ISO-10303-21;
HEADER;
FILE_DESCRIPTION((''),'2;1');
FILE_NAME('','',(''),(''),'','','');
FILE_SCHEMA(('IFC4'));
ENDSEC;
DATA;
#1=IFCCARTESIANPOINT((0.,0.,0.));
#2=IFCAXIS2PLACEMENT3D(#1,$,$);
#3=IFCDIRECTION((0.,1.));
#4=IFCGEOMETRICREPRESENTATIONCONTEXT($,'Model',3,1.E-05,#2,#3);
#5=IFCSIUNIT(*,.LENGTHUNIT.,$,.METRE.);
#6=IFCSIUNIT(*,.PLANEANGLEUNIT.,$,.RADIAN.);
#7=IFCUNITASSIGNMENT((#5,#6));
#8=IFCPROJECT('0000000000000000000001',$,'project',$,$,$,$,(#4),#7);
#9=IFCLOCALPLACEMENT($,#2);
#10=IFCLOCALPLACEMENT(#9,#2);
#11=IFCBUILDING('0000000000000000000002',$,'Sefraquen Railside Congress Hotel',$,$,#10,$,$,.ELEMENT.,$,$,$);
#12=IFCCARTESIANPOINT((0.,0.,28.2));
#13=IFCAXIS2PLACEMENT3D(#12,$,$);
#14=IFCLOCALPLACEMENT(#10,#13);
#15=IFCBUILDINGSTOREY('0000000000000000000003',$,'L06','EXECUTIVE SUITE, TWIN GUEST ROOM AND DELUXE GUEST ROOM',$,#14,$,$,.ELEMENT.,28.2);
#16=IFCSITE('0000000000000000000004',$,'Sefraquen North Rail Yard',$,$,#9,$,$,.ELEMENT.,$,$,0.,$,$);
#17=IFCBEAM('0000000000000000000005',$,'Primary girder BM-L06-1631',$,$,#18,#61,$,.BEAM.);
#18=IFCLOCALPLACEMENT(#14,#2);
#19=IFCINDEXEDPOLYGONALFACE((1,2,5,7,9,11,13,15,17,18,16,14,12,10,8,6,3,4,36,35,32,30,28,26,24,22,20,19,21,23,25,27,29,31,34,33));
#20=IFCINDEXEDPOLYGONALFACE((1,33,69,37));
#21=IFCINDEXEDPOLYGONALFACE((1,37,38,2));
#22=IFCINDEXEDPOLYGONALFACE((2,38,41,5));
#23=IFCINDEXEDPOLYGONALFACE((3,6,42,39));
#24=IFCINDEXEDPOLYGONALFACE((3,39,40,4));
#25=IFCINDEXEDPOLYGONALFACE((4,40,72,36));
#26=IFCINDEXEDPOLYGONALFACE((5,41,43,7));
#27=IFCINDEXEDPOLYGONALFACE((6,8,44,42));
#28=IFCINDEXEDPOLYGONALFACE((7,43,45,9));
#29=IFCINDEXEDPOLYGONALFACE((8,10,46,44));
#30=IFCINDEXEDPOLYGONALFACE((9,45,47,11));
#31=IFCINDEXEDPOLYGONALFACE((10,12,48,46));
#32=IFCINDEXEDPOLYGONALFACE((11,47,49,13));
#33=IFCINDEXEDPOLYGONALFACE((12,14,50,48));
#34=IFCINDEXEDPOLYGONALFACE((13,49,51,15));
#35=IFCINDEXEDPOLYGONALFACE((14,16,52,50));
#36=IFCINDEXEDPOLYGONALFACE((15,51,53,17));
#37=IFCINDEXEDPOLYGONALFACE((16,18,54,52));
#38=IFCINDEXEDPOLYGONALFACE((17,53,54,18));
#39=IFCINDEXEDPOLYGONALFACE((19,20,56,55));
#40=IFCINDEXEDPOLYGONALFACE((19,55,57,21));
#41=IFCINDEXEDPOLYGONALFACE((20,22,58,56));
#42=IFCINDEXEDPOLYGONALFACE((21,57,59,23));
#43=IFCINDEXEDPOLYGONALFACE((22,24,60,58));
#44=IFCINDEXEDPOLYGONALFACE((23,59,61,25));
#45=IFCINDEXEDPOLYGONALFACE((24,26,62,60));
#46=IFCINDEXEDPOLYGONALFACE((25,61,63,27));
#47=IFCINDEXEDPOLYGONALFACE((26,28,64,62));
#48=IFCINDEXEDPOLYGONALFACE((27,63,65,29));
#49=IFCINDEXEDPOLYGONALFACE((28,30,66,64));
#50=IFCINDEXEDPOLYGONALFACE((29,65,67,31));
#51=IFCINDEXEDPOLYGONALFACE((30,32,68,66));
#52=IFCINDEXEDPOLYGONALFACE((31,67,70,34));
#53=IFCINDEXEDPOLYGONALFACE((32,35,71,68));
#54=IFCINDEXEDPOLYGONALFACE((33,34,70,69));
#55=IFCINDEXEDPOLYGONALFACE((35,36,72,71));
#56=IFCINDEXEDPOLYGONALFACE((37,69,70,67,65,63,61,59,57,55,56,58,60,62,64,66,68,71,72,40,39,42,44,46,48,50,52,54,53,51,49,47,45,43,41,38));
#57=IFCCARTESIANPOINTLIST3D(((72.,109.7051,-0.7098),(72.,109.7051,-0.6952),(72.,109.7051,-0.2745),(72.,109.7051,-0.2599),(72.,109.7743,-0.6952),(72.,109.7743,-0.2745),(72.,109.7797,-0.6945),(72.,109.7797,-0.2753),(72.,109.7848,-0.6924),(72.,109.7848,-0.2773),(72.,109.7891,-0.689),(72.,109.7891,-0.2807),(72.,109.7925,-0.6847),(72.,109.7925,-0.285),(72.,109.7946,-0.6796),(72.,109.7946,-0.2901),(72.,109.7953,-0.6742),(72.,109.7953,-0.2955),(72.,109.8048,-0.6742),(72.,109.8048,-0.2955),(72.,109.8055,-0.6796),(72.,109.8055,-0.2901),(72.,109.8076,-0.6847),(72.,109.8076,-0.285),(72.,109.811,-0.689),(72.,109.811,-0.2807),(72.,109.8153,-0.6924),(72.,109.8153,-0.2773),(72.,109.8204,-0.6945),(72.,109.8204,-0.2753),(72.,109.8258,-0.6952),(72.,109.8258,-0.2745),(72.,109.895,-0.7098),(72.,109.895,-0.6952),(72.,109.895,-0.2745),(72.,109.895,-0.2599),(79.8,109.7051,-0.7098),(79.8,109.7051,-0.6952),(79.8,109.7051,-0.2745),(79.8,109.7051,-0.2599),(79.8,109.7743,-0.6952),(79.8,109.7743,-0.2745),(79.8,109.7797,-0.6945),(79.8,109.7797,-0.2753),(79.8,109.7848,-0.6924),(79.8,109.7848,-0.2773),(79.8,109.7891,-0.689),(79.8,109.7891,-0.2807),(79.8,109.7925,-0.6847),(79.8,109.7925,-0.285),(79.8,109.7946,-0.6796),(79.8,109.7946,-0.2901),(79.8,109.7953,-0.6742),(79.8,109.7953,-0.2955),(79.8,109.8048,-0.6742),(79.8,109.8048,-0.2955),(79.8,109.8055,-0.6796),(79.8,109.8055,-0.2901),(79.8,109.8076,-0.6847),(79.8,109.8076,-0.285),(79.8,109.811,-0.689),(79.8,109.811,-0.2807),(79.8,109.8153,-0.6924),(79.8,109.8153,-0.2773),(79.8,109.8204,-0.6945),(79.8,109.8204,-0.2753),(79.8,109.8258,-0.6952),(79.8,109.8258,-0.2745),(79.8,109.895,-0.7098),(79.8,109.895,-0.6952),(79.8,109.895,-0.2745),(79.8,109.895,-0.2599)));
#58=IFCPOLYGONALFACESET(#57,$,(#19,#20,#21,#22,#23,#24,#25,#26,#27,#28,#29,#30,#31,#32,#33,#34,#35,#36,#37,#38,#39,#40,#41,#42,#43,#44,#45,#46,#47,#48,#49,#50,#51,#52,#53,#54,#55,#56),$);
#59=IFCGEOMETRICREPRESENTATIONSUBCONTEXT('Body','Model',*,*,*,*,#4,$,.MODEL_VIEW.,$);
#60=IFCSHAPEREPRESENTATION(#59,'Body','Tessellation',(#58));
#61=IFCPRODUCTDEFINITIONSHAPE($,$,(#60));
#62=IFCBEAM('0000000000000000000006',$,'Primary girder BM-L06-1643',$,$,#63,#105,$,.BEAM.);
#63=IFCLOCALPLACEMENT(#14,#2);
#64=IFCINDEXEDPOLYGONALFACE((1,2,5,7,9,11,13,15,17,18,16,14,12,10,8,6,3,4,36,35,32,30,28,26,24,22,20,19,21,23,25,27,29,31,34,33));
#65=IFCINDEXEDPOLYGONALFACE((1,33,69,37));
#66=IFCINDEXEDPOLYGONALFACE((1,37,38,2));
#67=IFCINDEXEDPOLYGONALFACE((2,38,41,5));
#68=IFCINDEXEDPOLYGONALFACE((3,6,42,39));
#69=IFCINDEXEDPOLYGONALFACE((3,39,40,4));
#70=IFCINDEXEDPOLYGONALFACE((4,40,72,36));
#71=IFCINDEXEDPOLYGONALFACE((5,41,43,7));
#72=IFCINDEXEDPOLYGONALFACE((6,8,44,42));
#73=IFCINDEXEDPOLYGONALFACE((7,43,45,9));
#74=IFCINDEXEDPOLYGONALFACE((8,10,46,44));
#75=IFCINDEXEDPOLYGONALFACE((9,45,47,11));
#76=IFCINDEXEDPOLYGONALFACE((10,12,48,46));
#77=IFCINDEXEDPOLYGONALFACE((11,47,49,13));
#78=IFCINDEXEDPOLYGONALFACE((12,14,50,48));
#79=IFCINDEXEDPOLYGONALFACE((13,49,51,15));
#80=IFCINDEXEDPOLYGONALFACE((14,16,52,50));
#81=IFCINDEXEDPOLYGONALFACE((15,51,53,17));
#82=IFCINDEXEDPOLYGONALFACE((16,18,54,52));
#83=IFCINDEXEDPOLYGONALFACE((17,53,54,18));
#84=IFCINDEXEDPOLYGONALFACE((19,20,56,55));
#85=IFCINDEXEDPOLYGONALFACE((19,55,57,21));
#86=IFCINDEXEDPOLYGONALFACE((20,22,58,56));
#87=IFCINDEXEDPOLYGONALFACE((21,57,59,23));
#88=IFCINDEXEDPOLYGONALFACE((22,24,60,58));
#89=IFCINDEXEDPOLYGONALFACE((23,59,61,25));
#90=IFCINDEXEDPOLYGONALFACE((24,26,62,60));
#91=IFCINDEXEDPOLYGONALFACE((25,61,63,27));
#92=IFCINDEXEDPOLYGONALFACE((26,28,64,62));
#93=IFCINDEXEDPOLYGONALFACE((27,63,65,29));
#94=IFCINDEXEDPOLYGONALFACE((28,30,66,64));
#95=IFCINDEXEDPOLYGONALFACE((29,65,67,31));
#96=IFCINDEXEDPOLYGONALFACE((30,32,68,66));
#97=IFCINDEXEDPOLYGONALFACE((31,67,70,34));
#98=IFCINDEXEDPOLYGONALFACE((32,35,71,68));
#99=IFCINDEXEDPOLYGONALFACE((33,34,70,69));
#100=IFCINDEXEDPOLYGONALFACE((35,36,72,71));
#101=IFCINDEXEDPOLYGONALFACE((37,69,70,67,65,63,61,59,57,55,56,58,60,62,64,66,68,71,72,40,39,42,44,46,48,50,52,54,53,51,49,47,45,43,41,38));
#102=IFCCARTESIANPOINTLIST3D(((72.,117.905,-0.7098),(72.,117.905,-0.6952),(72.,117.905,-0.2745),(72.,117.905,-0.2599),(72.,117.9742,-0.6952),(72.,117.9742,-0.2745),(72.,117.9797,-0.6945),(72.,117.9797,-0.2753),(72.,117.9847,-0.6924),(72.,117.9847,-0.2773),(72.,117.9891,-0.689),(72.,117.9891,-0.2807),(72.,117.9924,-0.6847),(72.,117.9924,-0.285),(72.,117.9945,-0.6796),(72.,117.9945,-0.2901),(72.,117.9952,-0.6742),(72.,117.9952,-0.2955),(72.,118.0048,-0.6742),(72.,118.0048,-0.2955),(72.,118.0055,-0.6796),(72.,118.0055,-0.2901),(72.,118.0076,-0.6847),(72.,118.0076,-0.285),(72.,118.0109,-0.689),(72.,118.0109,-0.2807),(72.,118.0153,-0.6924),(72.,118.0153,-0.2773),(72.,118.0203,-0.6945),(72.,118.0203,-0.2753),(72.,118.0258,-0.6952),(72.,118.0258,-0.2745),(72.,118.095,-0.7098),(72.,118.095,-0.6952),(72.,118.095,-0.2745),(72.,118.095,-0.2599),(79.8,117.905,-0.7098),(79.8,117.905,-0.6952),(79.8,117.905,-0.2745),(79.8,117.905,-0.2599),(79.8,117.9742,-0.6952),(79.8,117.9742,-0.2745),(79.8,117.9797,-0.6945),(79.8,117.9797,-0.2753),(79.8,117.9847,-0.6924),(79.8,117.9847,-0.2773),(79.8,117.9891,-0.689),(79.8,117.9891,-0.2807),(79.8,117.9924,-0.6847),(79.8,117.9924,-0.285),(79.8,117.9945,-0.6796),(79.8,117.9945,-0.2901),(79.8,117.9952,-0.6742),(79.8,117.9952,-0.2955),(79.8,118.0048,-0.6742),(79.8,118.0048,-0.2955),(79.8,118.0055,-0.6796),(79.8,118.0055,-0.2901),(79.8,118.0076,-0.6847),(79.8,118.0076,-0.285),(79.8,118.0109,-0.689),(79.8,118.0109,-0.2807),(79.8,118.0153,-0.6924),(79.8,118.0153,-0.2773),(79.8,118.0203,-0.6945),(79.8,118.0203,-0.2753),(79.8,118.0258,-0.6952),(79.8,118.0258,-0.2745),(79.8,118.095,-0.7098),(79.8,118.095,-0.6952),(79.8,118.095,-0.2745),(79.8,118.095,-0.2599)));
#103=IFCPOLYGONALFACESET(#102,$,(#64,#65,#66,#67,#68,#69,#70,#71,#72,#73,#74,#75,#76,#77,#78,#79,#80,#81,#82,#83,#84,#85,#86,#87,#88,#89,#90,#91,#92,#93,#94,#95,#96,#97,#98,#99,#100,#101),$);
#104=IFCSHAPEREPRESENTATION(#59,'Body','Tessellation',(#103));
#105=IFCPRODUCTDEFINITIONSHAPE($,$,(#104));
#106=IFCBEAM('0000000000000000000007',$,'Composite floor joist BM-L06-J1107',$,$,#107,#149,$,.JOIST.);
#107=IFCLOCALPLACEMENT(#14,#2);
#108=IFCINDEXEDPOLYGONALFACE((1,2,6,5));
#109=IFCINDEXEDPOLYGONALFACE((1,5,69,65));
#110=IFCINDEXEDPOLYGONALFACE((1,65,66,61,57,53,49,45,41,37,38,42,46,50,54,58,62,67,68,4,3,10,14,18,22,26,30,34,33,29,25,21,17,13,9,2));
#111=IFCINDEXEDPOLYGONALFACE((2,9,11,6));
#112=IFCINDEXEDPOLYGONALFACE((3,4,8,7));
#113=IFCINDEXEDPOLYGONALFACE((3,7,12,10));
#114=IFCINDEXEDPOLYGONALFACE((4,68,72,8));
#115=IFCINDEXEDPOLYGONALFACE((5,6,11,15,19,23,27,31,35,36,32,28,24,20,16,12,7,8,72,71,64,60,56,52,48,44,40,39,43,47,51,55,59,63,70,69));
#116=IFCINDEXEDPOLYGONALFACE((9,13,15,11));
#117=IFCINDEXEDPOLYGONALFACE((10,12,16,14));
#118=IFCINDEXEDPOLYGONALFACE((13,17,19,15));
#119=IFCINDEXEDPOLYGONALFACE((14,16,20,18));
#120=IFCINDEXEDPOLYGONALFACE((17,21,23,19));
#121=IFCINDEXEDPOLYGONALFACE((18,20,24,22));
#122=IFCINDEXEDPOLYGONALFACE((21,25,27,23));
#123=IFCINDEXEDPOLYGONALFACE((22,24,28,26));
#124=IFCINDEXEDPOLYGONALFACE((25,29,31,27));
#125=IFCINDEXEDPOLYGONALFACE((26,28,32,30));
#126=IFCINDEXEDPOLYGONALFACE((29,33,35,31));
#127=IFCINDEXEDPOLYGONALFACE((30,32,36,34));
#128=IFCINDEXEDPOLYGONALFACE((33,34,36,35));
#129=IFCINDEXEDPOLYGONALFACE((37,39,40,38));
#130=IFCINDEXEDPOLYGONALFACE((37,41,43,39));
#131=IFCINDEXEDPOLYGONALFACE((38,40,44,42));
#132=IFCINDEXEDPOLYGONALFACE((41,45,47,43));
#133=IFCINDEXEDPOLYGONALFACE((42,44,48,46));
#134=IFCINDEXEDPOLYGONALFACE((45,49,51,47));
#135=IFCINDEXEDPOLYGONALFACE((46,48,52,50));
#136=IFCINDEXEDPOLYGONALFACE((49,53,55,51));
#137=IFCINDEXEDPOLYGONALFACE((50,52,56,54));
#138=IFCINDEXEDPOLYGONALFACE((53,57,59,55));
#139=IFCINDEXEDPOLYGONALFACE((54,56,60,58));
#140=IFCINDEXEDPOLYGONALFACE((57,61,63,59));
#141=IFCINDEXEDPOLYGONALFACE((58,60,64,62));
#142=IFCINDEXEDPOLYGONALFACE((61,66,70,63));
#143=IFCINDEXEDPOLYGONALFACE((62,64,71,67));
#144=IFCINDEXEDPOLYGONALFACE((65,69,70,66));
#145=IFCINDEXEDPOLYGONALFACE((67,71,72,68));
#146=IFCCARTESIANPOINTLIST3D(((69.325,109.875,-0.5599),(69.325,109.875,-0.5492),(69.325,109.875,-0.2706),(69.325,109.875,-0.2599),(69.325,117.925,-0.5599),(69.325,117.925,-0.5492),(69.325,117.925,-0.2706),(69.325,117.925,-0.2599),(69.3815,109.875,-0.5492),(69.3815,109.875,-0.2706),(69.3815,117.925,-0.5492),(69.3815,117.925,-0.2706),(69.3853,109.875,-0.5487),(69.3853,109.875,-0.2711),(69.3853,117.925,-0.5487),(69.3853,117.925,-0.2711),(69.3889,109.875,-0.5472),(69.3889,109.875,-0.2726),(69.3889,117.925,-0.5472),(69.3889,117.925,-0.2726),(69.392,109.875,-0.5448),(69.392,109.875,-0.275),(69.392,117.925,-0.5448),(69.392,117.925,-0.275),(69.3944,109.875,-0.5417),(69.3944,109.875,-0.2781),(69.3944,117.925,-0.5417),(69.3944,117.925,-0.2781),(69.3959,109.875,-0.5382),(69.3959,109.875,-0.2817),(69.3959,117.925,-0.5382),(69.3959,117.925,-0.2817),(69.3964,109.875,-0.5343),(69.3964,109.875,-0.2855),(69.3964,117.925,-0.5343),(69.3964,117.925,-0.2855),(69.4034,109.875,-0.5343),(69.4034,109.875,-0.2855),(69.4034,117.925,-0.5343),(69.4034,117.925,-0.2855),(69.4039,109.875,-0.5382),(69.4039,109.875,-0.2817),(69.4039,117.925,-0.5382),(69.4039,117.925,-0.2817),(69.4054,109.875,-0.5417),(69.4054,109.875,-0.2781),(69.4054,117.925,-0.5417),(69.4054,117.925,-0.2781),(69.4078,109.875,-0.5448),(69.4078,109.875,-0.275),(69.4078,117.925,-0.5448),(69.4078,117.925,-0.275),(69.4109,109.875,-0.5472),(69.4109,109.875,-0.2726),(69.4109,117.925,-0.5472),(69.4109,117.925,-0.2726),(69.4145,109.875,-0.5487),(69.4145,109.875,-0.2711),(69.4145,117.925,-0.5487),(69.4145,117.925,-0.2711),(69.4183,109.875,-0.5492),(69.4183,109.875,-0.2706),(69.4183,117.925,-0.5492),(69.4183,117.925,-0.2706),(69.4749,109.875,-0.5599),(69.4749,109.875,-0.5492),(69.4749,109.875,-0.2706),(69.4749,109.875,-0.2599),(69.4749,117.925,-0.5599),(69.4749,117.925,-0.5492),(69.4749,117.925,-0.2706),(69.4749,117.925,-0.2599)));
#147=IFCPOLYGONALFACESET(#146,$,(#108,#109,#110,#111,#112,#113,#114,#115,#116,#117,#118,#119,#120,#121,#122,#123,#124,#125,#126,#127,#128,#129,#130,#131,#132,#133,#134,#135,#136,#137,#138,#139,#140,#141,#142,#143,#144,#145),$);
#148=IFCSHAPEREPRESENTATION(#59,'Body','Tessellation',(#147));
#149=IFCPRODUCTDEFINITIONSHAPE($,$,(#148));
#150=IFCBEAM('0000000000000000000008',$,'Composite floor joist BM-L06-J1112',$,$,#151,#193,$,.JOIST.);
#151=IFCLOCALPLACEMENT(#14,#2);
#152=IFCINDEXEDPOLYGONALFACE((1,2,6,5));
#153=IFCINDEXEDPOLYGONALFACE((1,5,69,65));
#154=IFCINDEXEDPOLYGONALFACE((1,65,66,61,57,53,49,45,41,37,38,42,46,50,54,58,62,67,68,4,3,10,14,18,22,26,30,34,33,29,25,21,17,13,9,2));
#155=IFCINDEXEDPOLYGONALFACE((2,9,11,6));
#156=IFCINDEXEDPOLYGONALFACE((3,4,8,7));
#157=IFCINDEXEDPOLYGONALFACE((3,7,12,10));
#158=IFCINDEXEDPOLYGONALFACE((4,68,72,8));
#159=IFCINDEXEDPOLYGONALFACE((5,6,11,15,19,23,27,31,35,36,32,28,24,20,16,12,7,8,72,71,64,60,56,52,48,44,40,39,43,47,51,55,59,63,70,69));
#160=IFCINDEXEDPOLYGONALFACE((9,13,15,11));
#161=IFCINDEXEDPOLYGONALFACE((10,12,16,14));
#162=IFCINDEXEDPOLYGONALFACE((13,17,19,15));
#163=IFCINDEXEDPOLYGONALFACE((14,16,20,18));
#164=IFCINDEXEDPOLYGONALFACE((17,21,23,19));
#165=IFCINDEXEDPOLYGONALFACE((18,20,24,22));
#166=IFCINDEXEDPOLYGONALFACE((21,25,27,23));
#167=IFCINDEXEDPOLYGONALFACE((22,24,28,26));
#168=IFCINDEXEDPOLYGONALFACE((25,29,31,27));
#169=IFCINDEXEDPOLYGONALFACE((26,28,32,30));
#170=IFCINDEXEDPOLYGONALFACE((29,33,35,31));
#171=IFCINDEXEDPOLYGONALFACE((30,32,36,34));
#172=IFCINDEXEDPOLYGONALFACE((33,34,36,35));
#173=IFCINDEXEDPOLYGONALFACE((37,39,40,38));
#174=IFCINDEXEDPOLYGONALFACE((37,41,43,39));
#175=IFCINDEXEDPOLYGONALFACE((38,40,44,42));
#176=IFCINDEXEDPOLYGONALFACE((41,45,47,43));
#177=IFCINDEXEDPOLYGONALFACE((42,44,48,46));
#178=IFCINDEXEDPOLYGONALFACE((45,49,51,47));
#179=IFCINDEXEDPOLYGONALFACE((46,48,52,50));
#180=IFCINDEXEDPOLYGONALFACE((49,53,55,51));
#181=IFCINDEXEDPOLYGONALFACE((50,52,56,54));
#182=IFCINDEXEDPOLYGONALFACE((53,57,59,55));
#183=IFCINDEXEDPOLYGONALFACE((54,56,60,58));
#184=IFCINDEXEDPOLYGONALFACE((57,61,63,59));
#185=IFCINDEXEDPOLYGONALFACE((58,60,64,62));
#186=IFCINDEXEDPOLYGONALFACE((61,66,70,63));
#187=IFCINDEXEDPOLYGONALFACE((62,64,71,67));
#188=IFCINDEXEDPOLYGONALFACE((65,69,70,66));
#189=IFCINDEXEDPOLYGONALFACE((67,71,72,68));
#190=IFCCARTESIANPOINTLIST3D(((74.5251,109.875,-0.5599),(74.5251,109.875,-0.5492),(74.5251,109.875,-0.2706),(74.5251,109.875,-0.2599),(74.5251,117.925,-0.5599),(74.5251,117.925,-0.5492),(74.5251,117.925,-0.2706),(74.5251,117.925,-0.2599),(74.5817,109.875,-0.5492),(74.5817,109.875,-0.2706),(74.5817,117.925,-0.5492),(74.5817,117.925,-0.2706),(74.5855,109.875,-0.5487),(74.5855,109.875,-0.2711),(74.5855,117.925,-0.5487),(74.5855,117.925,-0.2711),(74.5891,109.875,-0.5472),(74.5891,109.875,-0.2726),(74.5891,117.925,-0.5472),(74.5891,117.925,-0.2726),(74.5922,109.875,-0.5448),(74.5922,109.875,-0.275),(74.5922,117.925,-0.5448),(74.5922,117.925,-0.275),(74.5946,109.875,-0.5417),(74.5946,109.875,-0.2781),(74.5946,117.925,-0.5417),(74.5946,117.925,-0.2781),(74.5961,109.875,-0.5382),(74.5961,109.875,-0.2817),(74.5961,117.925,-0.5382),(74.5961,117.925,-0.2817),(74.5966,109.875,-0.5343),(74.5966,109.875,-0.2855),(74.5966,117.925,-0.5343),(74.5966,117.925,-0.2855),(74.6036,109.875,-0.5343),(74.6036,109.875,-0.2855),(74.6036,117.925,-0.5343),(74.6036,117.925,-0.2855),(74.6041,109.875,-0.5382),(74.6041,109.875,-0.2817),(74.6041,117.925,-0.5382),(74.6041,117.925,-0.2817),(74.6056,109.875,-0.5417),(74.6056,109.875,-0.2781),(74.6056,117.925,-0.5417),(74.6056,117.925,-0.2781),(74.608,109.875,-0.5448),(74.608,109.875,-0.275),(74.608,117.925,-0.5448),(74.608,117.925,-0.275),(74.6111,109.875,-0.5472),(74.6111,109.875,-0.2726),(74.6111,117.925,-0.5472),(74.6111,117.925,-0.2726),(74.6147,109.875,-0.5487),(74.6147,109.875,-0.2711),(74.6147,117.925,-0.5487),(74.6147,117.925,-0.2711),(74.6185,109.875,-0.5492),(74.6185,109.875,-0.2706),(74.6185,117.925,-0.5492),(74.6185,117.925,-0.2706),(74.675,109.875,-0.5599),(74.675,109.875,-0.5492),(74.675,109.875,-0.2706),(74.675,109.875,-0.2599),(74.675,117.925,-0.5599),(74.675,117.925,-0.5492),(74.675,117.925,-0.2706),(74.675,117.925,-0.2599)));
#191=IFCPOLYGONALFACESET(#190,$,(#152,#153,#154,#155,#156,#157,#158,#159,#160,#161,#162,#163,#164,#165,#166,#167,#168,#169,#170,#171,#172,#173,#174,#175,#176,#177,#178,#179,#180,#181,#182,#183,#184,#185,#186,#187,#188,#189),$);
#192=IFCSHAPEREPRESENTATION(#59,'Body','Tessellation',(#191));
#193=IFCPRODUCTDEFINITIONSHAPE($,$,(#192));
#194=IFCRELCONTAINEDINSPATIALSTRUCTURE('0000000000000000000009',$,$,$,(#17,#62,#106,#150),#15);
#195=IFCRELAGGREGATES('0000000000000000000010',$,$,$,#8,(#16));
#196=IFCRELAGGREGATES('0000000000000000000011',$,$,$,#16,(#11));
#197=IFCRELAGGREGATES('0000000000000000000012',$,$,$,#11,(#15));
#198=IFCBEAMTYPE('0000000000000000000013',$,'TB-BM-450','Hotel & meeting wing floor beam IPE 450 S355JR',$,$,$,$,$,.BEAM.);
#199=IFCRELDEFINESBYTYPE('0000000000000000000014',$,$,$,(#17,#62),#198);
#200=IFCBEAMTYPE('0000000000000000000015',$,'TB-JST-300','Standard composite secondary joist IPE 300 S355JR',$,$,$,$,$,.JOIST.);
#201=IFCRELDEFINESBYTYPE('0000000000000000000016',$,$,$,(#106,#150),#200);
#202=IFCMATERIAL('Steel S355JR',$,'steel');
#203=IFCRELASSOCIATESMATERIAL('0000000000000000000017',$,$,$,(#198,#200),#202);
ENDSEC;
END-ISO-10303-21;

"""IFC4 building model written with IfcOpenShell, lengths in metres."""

from ifc_helpers import new_model, si_unit, direction, frame, origin, origin_2d, place, context, subcontext, project, spatial, i_section, extrude, material, material_profile, profile_set, type_object, element, save


model = new_model("IFC4")

# Units and contexts
model_context = context("Model", 3, precision=1e-05, world=origin(), true_north=direction((0.0, 1.0)))
body_context = subcontext(model_context, "Body", "Model", "MODEL_VIEW")
ifc_project = project(units=[si_unit("LENGTHUNIT", "METRE"), si_unit("PLANEANGLEUNIT", "RADIAN")], contexts=[model_context])

# Site, building, storey
site_placement = place(None, origin())
site = spatial("IfcSite", under=ifc_project, at=site_placement, Name="Sefraquen North Rail Yard", CompositionType="ELEMENT", RefElevation=0.0)
building_placement = place(site_placement, origin())
building = spatial("IfcBuilding", under=site, at=building_placement, Name="Sefraquen Railside Congress Hotel", CompositionType="ELEMENT")
storey_placement = place(building_placement, frame((0.0, 0.0, 28.2)))
storey = spatial("IfcBuildingStorey", under=building, at=storey_placement, Name="L06", Description="EXECUTIVE SUITE, TWIN GUEST ROOM AND DELUXE GUEST ROOM", CompositionType="ELEMENT", Elevation=28.2)

# Shared definitions
ifc_material_1 = material(Name="Steel S355JR", Category="steel")

# Beams
ifc_material_profile_1 = material_profile(ifc_material_1, i_section(OverallWidth=0.1899, OverallDepth=0.45, WebThickness=0.0095, FlangeThickness=0.0146, FilletRadius=0.021, at=origin_2d()), Name="IPE 450")
ifc_profile_set_1 = profile_set([ifc_material_profile_1], Name="Steel S355JR")
beam_type_1 = type_object("IfcBeamType", Name="TB-BM-450", Description="Hotel & meeting wing floor beam IPE 450 S355JR", PredefinedType="BEAM", material=ifc_profile_set_1)
for number, where, z_axis, x_axis, name in (
    (1, (72.0, 109.8, -0.4849), (1.0, 0.0, 0.0), (0.0, 1.0, 0.0), "Primary girder BM-L06-1631"),
    (2, (72.0, 118.0, -0.4849), (1.0, 0.0, 0.0), (0.0, 1.0, 0.0), "Primary girder BM-L06-1643"),
):
    element("IfcBeam", number, at=place(storey_placement, frame(where, z_axis=z_axis, x_axis=x_axis)), inside=storey, type_object=beam_type_1, Name=name, PredefinedType="BEAM", context=body_context, shape_type="SweptSolid", body=[
        extrude(i_section(OverallWidth=0.1899, OverallDepth=0.45, WebThickness=0.0095, FlangeThickness=0.0146, FilletRadius=0.021, at=origin_2d()), origin(), (0.0, 0.0, 1.0), 7.8),
    ])
ifc_material_profile_2 = material_profile(ifc_material_1, i_section(OverallWidth=0.1499, OverallDepth=0.3, WebThickness=0.0071, FlangeThickness=0.0107, FilletRadius=0.0149, at=origin_2d()), Name="IPE 300")
ifc_profile_set_2 = profile_set([ifc_material_profile_2], Name="Steel S355JR")
beam_type_2 = type_object("IfcBeamType", Name="TB-JST-300", Description="Standard composite secondary joist IPE 300 S355JR", PredefinedType="JOIST", material=ifc_profile_set_2)
for number, where, z_axis, x_axis, name in (
    (3, (69.3999, 109.875, -0.4099), (0.0, 1.0, 0.0), (-1.0, 0.0, 0.0), "Composite floor joist BM-L06-J1107"),
    (4, (74.6001, 109.875, -0.4099), (0.0, 1.0, 0.0), (-1.0, 0.0, 0.0), "Composite floor joist BM-L06-J1112"),
):
    element("IfcBeam", number, at=place(storey_placement, frame(where, z_axis=z_axis, x_axis=x_axis)), inside=storey, type_object=beam_type_2, Name=name, PredefinedType="JOIST", context=body_context, shape_type="SweptSolid", body=[
        extrude(i_section(OverallWidth=0.1499, OverallDepth=0.3, WebThickness=0.0071, FlangeThickness=0.0107, FilletRadius=0.0149, at=origin_2d()), origin(), (0.0, 0.0, 1.0), 8.05),
    ])

save(model, "model.ifc")
